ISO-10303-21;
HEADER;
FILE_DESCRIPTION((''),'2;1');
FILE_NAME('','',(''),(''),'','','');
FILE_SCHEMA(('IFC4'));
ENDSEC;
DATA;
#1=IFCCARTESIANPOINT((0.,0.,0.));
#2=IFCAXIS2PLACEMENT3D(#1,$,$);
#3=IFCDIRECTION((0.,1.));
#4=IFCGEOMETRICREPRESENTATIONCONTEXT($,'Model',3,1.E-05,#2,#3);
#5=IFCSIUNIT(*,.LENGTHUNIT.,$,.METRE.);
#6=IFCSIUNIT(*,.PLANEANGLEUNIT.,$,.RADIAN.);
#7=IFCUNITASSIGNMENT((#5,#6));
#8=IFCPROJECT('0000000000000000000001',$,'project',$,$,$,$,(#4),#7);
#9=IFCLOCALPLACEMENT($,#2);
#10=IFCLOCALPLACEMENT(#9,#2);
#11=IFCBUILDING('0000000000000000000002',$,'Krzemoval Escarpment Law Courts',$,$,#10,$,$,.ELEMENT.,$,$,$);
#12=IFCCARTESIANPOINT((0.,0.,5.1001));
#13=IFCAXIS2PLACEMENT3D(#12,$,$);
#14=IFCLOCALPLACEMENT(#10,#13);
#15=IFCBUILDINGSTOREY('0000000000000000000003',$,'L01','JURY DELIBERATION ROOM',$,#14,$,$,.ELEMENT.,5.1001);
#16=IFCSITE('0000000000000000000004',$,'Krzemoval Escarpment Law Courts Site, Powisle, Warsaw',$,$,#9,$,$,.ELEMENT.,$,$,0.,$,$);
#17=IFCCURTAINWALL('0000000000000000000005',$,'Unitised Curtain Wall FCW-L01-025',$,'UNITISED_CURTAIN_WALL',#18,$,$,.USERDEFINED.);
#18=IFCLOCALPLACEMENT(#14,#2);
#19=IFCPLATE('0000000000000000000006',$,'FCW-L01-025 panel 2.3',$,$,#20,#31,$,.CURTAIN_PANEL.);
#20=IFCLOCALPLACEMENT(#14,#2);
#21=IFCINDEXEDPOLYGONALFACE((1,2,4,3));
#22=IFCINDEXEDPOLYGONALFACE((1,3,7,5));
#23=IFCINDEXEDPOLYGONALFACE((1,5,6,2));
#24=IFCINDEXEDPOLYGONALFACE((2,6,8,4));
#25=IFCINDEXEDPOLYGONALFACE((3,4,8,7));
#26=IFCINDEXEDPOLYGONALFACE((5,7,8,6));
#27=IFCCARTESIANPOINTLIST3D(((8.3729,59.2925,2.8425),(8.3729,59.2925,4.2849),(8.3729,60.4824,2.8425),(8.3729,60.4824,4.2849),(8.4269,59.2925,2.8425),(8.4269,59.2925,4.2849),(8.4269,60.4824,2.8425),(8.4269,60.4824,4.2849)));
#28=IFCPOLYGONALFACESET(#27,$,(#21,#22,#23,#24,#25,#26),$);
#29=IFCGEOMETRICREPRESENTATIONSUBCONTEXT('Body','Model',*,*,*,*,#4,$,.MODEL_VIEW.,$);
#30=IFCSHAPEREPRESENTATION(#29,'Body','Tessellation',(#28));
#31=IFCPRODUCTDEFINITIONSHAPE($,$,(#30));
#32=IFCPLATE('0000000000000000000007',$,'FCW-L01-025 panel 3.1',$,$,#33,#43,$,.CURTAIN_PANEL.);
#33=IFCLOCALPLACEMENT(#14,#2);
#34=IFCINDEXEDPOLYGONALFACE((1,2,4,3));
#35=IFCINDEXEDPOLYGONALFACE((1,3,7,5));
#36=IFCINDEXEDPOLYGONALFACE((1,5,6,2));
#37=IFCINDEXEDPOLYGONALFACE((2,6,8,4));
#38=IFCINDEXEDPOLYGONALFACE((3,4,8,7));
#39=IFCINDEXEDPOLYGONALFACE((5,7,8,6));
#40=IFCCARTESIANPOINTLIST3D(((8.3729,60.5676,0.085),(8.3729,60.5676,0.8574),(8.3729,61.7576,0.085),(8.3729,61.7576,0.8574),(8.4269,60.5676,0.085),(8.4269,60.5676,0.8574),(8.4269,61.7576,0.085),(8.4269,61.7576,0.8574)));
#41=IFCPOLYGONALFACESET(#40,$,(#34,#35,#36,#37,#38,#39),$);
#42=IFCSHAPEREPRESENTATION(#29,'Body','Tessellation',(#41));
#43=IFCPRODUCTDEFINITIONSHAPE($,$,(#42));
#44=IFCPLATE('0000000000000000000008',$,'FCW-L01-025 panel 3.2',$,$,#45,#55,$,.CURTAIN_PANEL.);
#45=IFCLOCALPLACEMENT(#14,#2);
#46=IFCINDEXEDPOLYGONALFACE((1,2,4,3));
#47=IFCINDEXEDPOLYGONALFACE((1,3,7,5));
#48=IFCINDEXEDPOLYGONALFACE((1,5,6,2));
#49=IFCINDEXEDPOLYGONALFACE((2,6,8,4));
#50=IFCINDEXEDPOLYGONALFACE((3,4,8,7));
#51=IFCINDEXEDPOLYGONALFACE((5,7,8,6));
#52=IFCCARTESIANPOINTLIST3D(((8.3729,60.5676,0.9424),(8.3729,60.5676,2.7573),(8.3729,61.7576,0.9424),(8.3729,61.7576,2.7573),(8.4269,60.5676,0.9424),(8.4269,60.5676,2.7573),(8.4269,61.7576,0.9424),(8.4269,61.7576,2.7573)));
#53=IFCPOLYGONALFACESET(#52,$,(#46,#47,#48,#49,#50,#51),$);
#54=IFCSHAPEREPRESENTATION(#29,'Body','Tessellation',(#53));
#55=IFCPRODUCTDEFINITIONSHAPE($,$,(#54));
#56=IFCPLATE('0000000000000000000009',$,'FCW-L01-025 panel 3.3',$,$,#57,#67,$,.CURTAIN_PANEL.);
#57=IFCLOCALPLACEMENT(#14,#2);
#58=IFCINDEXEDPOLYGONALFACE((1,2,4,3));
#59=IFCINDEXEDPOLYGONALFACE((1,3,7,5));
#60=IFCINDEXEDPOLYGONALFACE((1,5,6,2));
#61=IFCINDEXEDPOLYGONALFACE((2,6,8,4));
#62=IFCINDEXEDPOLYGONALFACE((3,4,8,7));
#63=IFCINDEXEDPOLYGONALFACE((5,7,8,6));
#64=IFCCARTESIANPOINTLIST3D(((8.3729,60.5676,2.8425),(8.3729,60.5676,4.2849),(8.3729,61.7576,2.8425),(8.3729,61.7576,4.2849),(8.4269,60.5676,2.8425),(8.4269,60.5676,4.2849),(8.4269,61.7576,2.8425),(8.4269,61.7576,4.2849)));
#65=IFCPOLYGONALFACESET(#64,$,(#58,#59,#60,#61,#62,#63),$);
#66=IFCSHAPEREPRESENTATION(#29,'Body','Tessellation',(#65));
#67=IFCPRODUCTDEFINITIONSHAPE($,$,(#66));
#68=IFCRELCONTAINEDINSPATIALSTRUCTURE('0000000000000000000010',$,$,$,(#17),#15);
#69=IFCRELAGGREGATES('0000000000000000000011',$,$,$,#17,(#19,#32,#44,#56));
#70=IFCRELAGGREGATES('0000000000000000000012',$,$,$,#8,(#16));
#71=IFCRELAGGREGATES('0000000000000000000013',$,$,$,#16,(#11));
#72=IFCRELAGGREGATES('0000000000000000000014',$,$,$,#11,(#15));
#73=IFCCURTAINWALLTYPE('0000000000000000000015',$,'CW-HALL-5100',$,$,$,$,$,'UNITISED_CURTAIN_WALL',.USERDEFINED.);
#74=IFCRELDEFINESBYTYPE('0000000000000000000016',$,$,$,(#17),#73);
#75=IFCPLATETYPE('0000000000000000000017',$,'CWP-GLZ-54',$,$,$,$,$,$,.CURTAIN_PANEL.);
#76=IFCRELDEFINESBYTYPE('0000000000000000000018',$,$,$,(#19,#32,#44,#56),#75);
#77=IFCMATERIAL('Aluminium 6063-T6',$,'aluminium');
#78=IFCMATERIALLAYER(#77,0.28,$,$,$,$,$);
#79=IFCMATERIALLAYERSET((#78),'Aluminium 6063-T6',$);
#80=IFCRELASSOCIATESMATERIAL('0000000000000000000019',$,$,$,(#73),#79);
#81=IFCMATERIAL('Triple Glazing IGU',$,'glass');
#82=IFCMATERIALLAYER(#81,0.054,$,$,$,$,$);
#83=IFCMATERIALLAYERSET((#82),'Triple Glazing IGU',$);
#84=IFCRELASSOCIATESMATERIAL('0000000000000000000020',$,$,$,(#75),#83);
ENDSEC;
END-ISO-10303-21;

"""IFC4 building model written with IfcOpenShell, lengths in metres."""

from ifc_helpers import new_model, si_unit, direction, frame, origin, origin_2d, place, context, subcontext, project, spatial, rectangle, extrude, material, layer, layer_set, type_object, element, aggregate, save


model = new_model("IFC4")

# Units and contexts
model_context = context("Model", 3, precision=1e-05, world=origin(), true_north=direction((0.0, 1.0)))
body_context = subcontext(model_context, "Body", "Model", "MODEL_VIEW")
ifc_project = project(units=[si_unit("LENGTHUNIT", "METRE"), si_unit("PLANEANGLEUNIT", "RADIAN")], contexts=[model_context])

# Site, building, storey
site_placement = place(None, origin())
site = spatial("IfcSite", under=ifc_project, at=site_placement, Name="Krzemoval Escarpment Law Courts Site, Powisle, Warsaw", CompositionType="ELEMENT", RefElevation=0.0)
building_placement = place(site_placement, origin())
building = spatial("IfcBuilding", under=site, at=building_placement, Name="Krzemoval Escarpment Law Courts", CompositionType="ELEMENT")
storey_placement = place(building_placement, frame((0.0, 0.0, 5.1001)))
storey = spatial("IfcBuildingStorey", under=building, at=storey_placement, Name="L01", Description="JURY DELIBERATION ROOM", CompositionType="ELEMENT", Elevation=5.1001)

# Curtain wall
ifc_material_1 = material(Name="Aluminium 6063-T6", Category="aluminium")
ifc_layer_1 = layer(ifc_material_1, 0.28)
ifc_layer_set_1 = layer_set([ifc_layer_1], Name="Aluminium 6063-T6")
curtain_wall_type = type_object("IfcCurtainWallType", Name="CW-HALL-5100", ElementType="UNITISED_CURTAIN_WALL", PredefinedType="USERDEFINED", material=ifc_layer_set_1)
curtain_wall_placement = place(storey_placement, origin())
curtain_wall = element("IfcCurtainWall", 1, at=curtain_wall_placement, inside=storey, type_object=curtain_wall_type, Name="Unitised Curtain Wall FCW-L01-025", ObjectType="UNITISED_CURTAIN_WALL", PredefinedType="USERDEFINED")

# Plates
ifc_material_2 = material(Name="Triple Glazing IGU", Category="glass")
ifc_layer_2 = layer(ifc_material_2, 0.054)
ifc_layer_set_2 = layer_set([ifc_layer_2], Name="Triple Glazing IGU")
plate_type = type_object("IfcPlateType", Name="CWP-GLZ-54", PredefinedType="CURTAIN_PANEL", material=ifc_layer_set_2)
plate_1_placement = place(storey_placement, frame((8.3999, 59.8875, 2.8425), z_axis=(0.0, 0.0, 1.0), x_axis=(0.0, 1.0, 0.0)))
plate_1 = element("IfcPlate", 2, at=plate_1_placement, type_object=plate_type, Name="FCW-L01-025 panel 2.3", PredefinedType="CURTAIN_PANEL", context=body_context, shape_type="SweptSolid", body=[
    extrude(rectangle(XDim=1.1899, YDim=0.054, at=origin_2d()), origin(), (0.0, 0.0, 1.0), 1.4424),
])
plate_2_placement = place(storey_placement, frame((8.3999, 61.1626, 0.085), z_axis=(0.0, 0.0, 1.0), x_axis=(0.0, 1.0, 0.0)))
plate_2 = element("IfcPlate", 3, at=plate_2_placement, type_object=plate_type, Name="FCW-L01-025 panel 3.1", PredefinedType="CURTAIN_PANEL", context=body_context, shape_type="SweptSolid", body=[
    extrude(rectangle(XDim=1.1899, YDim=0.054, at=origin_2d()), origin(), (0.0, 0.0, 1.0), 0.7725),
])
plate_3_placement = place(storey_placement, frame((8.3999, 61.1626, 0.9424), z_axis=(0.0, 0.0, 1.0), x_axis=(0.0, 1.0, 0.0)))
plate_3 = element("IfcPlate", 4, at=plate_3_placement, type_object=plate_type, Name="FCW-L01-025 panel 3.2", PredefinedType="CURTAIN_PANEL", context=body_context, shape_type="SweptSolid", body=[
    extrude(rectangle(XDim=1.1899, YDim=0.054, at=origin_2d()), origin(), (0.0, 0.0, 1.0), 1.8149),
])
plate_4_placement = place(storey_placement, frame((8.3999, 61.1626, 2.8425), z_axis=(0.0, 0.0, 1.0), x_axis=(0.0, 1.0, 0.0)))
plate_4 = element("IfcPlate", 5, at=plate_4_placement, type_object=plate_type, Name="FCW-L01-025 panel 3.3", PredefinedType="CURTAIN_PANEL", context=body_context, shape_type="SweptSolid", body=[
    extrude(rectangle(XDim=1.1899, YDim=0.054, at=origin_2d()), origin(), (0.0, 0.0, 1.0), 1.4424),
])
aggregate(curtain_wall, [plate_1, plate_2, plate_3, plate_4])

save(model, "model.ifc")
